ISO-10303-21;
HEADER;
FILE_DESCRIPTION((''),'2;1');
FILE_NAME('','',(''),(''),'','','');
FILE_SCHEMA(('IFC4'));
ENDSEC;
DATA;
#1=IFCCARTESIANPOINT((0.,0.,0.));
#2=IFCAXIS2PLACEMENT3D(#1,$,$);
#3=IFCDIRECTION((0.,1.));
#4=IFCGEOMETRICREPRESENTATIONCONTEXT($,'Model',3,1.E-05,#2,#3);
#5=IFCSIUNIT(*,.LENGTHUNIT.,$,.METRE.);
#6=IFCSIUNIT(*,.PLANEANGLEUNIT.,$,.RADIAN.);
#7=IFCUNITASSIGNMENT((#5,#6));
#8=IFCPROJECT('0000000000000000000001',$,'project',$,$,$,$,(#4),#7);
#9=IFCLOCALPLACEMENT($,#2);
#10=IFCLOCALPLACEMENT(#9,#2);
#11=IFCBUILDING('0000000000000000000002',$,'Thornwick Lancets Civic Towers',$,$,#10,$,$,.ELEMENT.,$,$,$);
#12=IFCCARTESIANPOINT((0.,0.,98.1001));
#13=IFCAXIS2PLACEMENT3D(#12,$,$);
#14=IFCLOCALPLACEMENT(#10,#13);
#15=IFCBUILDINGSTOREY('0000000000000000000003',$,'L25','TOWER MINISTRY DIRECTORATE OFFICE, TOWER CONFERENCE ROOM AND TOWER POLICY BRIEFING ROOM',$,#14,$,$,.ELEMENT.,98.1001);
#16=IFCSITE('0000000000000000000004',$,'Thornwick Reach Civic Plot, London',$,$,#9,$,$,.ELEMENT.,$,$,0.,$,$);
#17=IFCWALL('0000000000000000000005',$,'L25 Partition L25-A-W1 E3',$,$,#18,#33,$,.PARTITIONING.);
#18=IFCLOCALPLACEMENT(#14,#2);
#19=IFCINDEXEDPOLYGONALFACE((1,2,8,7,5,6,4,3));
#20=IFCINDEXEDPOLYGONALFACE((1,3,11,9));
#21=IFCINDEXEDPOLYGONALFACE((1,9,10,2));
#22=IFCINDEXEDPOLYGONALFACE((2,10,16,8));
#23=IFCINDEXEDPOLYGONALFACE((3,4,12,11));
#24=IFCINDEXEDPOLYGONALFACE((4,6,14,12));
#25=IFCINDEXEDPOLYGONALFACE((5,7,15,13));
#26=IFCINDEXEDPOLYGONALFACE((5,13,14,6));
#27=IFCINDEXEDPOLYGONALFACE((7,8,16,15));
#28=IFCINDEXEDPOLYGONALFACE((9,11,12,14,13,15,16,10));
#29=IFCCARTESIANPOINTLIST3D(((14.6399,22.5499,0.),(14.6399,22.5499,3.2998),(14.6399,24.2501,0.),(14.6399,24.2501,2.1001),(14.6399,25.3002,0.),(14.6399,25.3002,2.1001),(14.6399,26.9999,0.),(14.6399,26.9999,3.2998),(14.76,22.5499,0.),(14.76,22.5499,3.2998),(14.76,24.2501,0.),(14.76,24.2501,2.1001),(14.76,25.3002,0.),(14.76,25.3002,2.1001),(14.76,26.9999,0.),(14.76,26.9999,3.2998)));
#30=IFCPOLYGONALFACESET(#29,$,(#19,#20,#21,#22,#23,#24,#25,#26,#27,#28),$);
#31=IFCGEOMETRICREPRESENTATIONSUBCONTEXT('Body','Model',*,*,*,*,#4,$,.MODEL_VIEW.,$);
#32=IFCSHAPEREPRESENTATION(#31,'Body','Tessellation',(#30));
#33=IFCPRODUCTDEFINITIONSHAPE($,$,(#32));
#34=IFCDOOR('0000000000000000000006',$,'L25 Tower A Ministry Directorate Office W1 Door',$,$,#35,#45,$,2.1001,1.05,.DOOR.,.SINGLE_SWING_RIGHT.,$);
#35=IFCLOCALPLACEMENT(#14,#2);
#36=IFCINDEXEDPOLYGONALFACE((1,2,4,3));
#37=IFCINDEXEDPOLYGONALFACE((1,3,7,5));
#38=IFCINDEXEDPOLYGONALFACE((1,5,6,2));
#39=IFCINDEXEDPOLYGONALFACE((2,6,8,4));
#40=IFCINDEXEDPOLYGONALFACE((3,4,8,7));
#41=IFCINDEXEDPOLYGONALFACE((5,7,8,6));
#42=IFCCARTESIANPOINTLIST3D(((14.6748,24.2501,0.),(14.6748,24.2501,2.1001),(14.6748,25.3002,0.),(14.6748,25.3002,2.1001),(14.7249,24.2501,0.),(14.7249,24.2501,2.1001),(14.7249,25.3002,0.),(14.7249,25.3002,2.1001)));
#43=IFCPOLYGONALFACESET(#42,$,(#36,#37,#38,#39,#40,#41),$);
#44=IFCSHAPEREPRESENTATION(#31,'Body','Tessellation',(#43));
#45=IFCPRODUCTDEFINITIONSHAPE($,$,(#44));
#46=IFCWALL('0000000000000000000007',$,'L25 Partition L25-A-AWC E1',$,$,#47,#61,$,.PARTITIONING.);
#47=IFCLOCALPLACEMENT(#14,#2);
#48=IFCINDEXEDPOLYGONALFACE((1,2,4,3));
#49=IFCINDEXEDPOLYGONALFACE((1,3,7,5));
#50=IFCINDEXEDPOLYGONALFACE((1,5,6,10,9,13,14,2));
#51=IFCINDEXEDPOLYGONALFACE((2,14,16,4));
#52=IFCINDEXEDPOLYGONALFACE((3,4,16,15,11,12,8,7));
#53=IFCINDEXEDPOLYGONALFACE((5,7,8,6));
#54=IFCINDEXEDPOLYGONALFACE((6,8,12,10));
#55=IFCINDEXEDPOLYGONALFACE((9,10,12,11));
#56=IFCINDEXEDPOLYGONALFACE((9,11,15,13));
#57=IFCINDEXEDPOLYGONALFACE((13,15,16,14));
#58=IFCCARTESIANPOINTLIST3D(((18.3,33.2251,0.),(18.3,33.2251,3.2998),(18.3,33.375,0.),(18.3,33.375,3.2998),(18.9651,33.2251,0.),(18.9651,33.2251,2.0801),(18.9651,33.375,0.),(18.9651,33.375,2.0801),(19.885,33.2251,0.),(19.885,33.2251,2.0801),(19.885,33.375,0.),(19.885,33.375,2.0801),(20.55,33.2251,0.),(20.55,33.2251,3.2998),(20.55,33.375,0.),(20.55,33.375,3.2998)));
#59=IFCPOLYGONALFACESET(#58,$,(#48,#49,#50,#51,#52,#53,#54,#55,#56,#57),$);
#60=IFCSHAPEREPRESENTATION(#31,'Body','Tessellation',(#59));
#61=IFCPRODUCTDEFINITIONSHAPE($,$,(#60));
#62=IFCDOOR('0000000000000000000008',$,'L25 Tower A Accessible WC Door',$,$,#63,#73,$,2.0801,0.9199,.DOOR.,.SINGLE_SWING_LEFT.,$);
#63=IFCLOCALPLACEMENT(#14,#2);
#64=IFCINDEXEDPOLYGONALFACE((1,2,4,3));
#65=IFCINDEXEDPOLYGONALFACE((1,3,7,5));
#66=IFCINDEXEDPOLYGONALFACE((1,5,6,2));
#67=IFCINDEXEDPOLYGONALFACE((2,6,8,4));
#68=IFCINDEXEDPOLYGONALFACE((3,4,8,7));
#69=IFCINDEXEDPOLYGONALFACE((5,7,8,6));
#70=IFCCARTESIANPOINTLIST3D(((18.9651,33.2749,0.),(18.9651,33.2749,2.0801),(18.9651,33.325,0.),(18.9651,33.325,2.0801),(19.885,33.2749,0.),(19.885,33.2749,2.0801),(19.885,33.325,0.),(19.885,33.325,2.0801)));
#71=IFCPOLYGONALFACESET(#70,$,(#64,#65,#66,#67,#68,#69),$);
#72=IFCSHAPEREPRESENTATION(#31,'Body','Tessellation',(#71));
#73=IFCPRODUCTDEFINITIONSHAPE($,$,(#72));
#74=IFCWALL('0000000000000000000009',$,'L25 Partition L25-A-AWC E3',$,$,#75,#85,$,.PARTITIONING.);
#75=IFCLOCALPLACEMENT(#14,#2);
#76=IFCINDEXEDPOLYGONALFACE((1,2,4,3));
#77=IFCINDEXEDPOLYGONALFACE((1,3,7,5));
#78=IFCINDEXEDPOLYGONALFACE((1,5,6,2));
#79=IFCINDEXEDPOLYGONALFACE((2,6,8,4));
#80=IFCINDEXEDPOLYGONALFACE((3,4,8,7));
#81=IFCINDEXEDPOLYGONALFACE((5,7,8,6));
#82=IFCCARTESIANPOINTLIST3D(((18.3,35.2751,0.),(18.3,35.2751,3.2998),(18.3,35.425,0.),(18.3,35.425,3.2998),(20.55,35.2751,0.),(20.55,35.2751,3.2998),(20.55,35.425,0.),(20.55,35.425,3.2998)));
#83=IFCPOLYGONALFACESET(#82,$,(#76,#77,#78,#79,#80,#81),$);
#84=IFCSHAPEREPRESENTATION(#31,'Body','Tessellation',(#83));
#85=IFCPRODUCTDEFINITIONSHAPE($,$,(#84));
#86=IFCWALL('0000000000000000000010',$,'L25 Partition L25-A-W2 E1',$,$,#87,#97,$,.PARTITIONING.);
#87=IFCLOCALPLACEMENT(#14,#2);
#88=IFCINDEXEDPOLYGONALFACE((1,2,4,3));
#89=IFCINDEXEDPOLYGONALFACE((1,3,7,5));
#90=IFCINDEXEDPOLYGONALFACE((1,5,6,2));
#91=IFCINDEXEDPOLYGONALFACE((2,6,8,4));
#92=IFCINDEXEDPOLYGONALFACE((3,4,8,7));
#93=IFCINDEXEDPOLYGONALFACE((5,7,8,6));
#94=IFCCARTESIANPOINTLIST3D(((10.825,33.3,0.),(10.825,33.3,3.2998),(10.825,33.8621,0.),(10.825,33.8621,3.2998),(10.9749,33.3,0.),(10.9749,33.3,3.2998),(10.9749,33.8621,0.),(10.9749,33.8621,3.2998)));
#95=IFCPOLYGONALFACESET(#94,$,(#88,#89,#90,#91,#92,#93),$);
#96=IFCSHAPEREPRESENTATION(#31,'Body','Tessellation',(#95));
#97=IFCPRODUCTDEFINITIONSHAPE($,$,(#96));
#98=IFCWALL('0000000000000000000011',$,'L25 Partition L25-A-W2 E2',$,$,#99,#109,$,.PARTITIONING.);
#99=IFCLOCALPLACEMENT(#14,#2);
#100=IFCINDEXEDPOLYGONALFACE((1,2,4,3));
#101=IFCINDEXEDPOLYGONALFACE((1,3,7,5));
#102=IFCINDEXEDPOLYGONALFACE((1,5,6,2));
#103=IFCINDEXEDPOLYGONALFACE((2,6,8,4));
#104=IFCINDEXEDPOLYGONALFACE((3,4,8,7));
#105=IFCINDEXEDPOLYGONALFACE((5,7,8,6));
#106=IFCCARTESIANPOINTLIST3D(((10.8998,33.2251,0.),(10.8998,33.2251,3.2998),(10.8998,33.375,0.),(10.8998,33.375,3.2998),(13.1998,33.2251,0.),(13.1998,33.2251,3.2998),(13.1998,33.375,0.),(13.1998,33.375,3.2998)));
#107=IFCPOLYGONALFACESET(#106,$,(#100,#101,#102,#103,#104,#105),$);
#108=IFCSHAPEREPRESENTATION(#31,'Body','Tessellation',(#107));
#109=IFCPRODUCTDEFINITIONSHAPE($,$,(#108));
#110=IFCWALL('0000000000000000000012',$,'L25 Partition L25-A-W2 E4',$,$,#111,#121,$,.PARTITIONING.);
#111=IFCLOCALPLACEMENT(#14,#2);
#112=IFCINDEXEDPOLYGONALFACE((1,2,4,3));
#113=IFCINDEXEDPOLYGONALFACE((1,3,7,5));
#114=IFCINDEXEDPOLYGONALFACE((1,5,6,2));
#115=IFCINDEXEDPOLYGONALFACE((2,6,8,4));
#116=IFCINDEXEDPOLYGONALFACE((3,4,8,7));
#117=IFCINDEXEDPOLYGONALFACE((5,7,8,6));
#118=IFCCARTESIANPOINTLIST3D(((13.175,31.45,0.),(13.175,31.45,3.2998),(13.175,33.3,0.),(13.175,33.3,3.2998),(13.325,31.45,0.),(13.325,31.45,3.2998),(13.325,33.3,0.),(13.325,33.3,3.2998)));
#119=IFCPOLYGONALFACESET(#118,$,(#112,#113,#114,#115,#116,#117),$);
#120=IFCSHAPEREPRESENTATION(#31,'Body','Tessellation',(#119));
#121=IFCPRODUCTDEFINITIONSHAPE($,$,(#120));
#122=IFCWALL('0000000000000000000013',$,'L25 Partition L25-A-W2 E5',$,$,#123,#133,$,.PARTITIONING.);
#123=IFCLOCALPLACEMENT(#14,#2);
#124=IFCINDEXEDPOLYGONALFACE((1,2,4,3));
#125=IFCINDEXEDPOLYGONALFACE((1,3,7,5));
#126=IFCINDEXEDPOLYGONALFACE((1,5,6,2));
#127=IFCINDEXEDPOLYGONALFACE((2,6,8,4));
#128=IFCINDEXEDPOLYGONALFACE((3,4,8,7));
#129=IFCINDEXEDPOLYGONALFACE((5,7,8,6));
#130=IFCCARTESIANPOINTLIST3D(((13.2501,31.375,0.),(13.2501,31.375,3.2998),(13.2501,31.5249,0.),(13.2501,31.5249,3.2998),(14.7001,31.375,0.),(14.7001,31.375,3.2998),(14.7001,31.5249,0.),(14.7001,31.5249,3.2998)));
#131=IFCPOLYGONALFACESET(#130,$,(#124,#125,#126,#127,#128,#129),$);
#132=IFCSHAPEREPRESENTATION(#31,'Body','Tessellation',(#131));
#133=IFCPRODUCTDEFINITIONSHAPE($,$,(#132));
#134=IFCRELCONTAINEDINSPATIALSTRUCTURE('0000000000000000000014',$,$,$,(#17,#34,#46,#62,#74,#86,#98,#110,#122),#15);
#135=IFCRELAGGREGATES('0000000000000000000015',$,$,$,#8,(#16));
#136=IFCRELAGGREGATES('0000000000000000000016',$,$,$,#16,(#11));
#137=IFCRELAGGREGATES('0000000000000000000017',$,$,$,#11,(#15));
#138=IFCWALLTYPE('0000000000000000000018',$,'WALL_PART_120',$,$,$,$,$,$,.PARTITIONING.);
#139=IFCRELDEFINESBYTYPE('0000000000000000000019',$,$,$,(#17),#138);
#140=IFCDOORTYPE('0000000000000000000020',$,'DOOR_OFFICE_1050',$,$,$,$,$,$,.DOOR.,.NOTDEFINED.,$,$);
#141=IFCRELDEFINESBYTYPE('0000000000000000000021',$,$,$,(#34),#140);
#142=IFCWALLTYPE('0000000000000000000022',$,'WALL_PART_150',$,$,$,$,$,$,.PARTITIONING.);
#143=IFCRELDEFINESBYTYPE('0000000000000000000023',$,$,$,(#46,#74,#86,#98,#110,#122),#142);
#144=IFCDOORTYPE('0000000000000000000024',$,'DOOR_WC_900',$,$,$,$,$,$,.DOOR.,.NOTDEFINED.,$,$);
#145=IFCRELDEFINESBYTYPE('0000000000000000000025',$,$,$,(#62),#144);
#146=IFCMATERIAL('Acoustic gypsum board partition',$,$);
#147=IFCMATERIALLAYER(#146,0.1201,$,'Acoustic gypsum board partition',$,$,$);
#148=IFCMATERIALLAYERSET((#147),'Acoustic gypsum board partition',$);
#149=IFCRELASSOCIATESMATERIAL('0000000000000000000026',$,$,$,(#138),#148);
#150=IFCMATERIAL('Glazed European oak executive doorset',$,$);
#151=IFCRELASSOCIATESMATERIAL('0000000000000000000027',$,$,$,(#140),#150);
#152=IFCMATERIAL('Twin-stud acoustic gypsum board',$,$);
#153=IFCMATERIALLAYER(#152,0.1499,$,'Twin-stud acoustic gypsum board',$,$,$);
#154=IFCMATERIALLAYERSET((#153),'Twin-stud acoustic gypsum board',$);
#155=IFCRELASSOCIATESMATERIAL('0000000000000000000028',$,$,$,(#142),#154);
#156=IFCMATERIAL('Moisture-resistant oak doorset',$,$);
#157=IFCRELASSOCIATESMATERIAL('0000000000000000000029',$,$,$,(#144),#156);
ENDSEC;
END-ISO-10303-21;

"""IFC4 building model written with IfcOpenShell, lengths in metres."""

from ifc_helpers import new_model, si_unit, direction, frame, frame_2d, origin, place, context, subcontext, project, spatial, rectangle, extrude, material, layer, layer_set, type_object, element, fill, save


model = new_model("IFC4")

# Units and contexts
model_context = context("Model", 3, precision=1e-05, world=origin(), true_north=direction((0.0, 1.0)))
body_context = subcontext(model_context, "Body", "Model", "MODEL_VIEW")
ifc_project = project(units=[si_unit("LENGTHUNIT", "METRE"), si_unit("PLANEANGLEUNIT", "RADIAN")], contexts=[model_context])

# Site, building, storey
site_placement = place(None, origin())
site = spatial("IfcSite", under=ifc_project, at=site_placement, Name="Thornwick Reach Civic Plot, London", CompositionType="ELEMENT", RefElevation=0.0)
building_placement = place(site_placement, origin())
building = spatial("IfcBuilding", under=site, at=building_placement, Name="Thornwick Lancets Civic Towers", CompositionType="ELEMENT")
storey_placement = place(building_placement, frame((0.0, 0.0, 98.1001)))
storey = spatial("IfcBuildingStorey", under=building, at=storey_placement, Name="L25", Description="TOWER MINISTRY DIRECTORATE OFFICE, TOWER CONFERENCE ROOM AND TOWER POLICY BRIEFING ROOM", CompositionType="ELEMENT", Elevation=98.1001)

# Walls, openings, doors
ifc_material_1 = material(Name="Acoustic gypsum board partition")
ifc_layer_1 = layer(ifc_material_1, 0.1201, Name="Acoustic gypsum board partition")
ifc_layer_set_1 = layer_set([ifc_layer_1], Name="Acoustic gypsum board partition")
wall_type_1 = type_object("IfcWallType", Name="WALL_PART_120", PredefinedType="PARTITIONING", material=ifc_layer_set_1)
wall_1_placement = place(storey_placement, frame((14.7, 27.0, 0.0), z_axis=(0.0, 0.0, 1.0), x_axis=(0.0, -1.0, 0.0)))
wall_1 = element("IfcWall", 1, at=wall_1_placement, inside=storey, type_object=wall_type_1, Name="L25 Partition L25-A-W1 E3", PredefinedType="PARTITIONING", context=body_context, shape_type="SweptSolid", body=[
    extrude(rectangle(XDim=4.45, YDim=0.1201, at=frame_2d((2.2251, 0.0))), origin(), (0.0, 0.0, 1.0), 3.2998),
])
opening_1_placement = place(wall_1_placement, frame((1.7, 0.0, 0.0)))
opening_1 = element("IfcOpeningElement", 2, at=opening_1_placement, cuts=wall_1, PredefinedType="OPENING", context=body_context, shape_type="SweptSolid", body=[
    extrude(rectangle(XDim=1.05, YDim=2.1001, at=frame_2d((0.5249, 1.05))), frame((0.0, 0.0701, 0.0), z_axis=(0.0, -1.0, 0.0), x_axis=(1.0, 0.0, 0.0)), (0.0, 0.0, 1.0), 0.1401),
])
ifc_material_2 = material(Name="Glazed European oak executive doorset")
door_type_1 = type_object("IfcDoorType", Name="DOOR_OFFICE_1050", OperationType="NOTDEFINED", PredefinedType="DOOR", material=ifc_material_2)
door_1_placement = place(opening_1_placement, origin())
door_1 = element("IfcDoor", 3, at=door_1_placement, inside=storey, type_object=door_type_1, Name="L25 Tower A Ministry Directorate Office W1 Door", OperationType="SINGLE_SWING_RIGHT", OverallHeight=2.1001, OverallWidth=1.05, PredefinedType="DOOR", context=body_context, shape_type="SweptSolid", body=[
    extrude(rectangle(XDim=1.05, YDim=2.1001, at=frame_2d((0.5249, 1.05))), frame((0.0, 0.0249, 0.0), z_axis=(0.0, -1.0, 0.0), x_axis=(1.0, 0.0, 0.0)), (0.0, 0.0, 1.0), 0.05),
])
fill(opening_1, door_1)
ifc_material_3 = material(Name="Twin-stud acoustic gypsum board")
ifc_layer_2 = layer(ifc_material_3, 0.1499, Name="Twin-stud acoustic gypsum board")
ifc_layer_set_2 = layer_set([ifc_layer_2], Name="Twin-stud acoustic gypsum board")
wall_type_2 = type_object("IfcWallType", Name="WALL_PART_150", PredefinedType="PARTITIONING", material=ifc_layer_set_2)
wall_2_placement = place(storey_placement, frame((18.3, 33.3, 0.0), z_axis=(0.0, 0.0, 1.0), x_axis=(1.0, 0.0, 0.0)))
wall_2 = element("IfcWall", 4, at=wall_2_placement, inside=storey, type_object=wall_type_2, Name="L25 Partition L25-A-AWC E1", PredefinedType="PARTITIONING", context=body_context, shape_type="SweptSolid", body=[
    extrude(rectangle(XDim=2.25, YDim=0.1499, at=frame_2d((1.125, 0.0))), origin(), (0.0, 0.0, 1.0), 3.2998),
])
opening_2_placement = place(wall_2_placement, frame((0.665, 0.0, 0.0)))
opening_2 = element("IfcOpeningElement", 5, at=opening_2_placement, cuts=wall_2, PredefinedType="OPENING", context=body_context, shape_type="SweptSolid", body=[
    extrude(rectangle(XDim=0.9199, YDim=2.0801, at=frame_2d((0.46, 1.04))), frame((0.0, 0.085, 0.0), z_axis=(0.0, -1.0, 0.0), x_axis=(1.0, 0.0, 0.0)), (0.0, 0.0, 1.0), 0.1699),
])
ifc_material_4 = material(Name="Moisture-resistant oak doorset")
door_type_2 = type_object("IfcDoorType", Name="DOOR_WC_900", OperationType="NOTDEFINED", PredefinedType="DOOR", material=ifc_material_4)
door_2_placement = place(opening_2_placement, origin())
door_2 = element("IfcDoor", 6, at=door_2_placement, inside=storey, type_object=door_type_2, Name="L25 Tower A Accessible WC Door", OperationType="SINGLE_SWING_LEFT", OverallHeight=2.0801, OverallWidth=0.9199, PredefinedType="DOOR", context=body_context, shape_type="SweptSolid", body=[
    extrude(rectangle(XDim=0.9199, YDim=2.0801, at=frame_2d((0.46, 1.04))), frame((0.0, 0.0249, 0.0), z_axis=(0.0, -1.0, 0.0), x_axis=(1.0, 0.0, 0.0)), (0.0, 0.0, 1.0), 0.05),
])
fill(opening_2, door_2)

# Walls
wall_3_placement = place(storey_placement, frame((20.55, 35.3501, 0.0), z_axis=(0.0, 0.0, 1.0), x_axis=(-1.0, 0.0, 0.0)))
element("IfcWall", 7, at=wall_3_placement, inside=storey, type_object=wall_type_2, Name="L25 Partition L25-A-AWC E3", PredefinedType="PARTITIONING", context=body_context, shape_type="SweptSolid", body=[
    extrude(rectangle(XDim=2.25, YDim=0.1499, at=frame_2d((1.125, 0.0))), origin(), (0.0, 0.0, 1.0), 3.2998),
])
wall_4_placement = place(storey_placement, frame((10.8999, 33.8621, 0.0), z_axis=(0.0, 0.0, 1.0), x_axis=(0.0, -1.0, 0.0)))
element("IfcWall", 8, at=wall_4_placement, inside=storey, type_object=wall_type_2, Name="L25 Partition L25-A-W2 E1", PredefinedType="PARTITIONING", context=body_context, shape_type="SweptSolid", body=[
    extrude(rectangle(XDim=0.562, YDim=0.1499, at=frame_2d((0.281, 0.0))), origin(), (0.0, 0.0, 1.0), 3.2998),
])
wall_5_placement = place(storey_placement, frame((10.8999, 33.3, 0.0), z_axis=(0.0, 0.0, 1.0), x_axis=(1.0, 0.0, 0.0)))
element("IfcWall", 9, at=wall_5_placement, inside=storey, type_object=wall_type_2, Name="L25 Partition L25-A-W2 E2", PredefinedType="PARTITIONING", context=body_context, shape_type="SweptSolid", body=[
    extrude(rectangle(XDim=2.3, YDim=0.1499, at=frame_2d((1.1499, 0.0))), origin(), (0.0, 0.0, 1.0), 3.2998),
])
wall_6_placement = place(storey_placement, frame((13.25, 33.3, 0.0), z_axis=(0.0, 0.0, 1.0), x_axis=(0.0, -1.0, 0.0)))
element("IfcWall", 10, at=wall_6_placement, inside=storey, type_object=wall_type_2, Name="L25 Partition L25-A-W2 E4", PredefinedType="PARTITIONING", context=body_context, shape_type="SweptSolid", body=[
    extrude(rectangle(XDim=1.8501, YDim=0.1499, at=frame_2d((0.925, 0.0))), origin(), (0.0, 0.0, 1.0), 3.2998),
])
wall_7_placement = place(storey_placement, frame((13.25, 31.45, 0.0), z_axis=(0.0, 0.0, 1.0), x_axis=(1.0, 0.0, 0.0)))
element("IfcWall", 11, at=wall_7_placement, inside=storey, type_object=wall_type_2, Name="L25 Partition L25-A-W2 E5", PredefinedType="PARTITIONING", context=body_context, shape_type="SweptSolid", body=[
    extrude(rectangle(XDim=1.45, YDim=0.1499, at=frame_2d((0.7251, 0.0))), origin(), (0.0, 0.0, 1.0), 3.2998),
])

save(model, "model.ifc")
